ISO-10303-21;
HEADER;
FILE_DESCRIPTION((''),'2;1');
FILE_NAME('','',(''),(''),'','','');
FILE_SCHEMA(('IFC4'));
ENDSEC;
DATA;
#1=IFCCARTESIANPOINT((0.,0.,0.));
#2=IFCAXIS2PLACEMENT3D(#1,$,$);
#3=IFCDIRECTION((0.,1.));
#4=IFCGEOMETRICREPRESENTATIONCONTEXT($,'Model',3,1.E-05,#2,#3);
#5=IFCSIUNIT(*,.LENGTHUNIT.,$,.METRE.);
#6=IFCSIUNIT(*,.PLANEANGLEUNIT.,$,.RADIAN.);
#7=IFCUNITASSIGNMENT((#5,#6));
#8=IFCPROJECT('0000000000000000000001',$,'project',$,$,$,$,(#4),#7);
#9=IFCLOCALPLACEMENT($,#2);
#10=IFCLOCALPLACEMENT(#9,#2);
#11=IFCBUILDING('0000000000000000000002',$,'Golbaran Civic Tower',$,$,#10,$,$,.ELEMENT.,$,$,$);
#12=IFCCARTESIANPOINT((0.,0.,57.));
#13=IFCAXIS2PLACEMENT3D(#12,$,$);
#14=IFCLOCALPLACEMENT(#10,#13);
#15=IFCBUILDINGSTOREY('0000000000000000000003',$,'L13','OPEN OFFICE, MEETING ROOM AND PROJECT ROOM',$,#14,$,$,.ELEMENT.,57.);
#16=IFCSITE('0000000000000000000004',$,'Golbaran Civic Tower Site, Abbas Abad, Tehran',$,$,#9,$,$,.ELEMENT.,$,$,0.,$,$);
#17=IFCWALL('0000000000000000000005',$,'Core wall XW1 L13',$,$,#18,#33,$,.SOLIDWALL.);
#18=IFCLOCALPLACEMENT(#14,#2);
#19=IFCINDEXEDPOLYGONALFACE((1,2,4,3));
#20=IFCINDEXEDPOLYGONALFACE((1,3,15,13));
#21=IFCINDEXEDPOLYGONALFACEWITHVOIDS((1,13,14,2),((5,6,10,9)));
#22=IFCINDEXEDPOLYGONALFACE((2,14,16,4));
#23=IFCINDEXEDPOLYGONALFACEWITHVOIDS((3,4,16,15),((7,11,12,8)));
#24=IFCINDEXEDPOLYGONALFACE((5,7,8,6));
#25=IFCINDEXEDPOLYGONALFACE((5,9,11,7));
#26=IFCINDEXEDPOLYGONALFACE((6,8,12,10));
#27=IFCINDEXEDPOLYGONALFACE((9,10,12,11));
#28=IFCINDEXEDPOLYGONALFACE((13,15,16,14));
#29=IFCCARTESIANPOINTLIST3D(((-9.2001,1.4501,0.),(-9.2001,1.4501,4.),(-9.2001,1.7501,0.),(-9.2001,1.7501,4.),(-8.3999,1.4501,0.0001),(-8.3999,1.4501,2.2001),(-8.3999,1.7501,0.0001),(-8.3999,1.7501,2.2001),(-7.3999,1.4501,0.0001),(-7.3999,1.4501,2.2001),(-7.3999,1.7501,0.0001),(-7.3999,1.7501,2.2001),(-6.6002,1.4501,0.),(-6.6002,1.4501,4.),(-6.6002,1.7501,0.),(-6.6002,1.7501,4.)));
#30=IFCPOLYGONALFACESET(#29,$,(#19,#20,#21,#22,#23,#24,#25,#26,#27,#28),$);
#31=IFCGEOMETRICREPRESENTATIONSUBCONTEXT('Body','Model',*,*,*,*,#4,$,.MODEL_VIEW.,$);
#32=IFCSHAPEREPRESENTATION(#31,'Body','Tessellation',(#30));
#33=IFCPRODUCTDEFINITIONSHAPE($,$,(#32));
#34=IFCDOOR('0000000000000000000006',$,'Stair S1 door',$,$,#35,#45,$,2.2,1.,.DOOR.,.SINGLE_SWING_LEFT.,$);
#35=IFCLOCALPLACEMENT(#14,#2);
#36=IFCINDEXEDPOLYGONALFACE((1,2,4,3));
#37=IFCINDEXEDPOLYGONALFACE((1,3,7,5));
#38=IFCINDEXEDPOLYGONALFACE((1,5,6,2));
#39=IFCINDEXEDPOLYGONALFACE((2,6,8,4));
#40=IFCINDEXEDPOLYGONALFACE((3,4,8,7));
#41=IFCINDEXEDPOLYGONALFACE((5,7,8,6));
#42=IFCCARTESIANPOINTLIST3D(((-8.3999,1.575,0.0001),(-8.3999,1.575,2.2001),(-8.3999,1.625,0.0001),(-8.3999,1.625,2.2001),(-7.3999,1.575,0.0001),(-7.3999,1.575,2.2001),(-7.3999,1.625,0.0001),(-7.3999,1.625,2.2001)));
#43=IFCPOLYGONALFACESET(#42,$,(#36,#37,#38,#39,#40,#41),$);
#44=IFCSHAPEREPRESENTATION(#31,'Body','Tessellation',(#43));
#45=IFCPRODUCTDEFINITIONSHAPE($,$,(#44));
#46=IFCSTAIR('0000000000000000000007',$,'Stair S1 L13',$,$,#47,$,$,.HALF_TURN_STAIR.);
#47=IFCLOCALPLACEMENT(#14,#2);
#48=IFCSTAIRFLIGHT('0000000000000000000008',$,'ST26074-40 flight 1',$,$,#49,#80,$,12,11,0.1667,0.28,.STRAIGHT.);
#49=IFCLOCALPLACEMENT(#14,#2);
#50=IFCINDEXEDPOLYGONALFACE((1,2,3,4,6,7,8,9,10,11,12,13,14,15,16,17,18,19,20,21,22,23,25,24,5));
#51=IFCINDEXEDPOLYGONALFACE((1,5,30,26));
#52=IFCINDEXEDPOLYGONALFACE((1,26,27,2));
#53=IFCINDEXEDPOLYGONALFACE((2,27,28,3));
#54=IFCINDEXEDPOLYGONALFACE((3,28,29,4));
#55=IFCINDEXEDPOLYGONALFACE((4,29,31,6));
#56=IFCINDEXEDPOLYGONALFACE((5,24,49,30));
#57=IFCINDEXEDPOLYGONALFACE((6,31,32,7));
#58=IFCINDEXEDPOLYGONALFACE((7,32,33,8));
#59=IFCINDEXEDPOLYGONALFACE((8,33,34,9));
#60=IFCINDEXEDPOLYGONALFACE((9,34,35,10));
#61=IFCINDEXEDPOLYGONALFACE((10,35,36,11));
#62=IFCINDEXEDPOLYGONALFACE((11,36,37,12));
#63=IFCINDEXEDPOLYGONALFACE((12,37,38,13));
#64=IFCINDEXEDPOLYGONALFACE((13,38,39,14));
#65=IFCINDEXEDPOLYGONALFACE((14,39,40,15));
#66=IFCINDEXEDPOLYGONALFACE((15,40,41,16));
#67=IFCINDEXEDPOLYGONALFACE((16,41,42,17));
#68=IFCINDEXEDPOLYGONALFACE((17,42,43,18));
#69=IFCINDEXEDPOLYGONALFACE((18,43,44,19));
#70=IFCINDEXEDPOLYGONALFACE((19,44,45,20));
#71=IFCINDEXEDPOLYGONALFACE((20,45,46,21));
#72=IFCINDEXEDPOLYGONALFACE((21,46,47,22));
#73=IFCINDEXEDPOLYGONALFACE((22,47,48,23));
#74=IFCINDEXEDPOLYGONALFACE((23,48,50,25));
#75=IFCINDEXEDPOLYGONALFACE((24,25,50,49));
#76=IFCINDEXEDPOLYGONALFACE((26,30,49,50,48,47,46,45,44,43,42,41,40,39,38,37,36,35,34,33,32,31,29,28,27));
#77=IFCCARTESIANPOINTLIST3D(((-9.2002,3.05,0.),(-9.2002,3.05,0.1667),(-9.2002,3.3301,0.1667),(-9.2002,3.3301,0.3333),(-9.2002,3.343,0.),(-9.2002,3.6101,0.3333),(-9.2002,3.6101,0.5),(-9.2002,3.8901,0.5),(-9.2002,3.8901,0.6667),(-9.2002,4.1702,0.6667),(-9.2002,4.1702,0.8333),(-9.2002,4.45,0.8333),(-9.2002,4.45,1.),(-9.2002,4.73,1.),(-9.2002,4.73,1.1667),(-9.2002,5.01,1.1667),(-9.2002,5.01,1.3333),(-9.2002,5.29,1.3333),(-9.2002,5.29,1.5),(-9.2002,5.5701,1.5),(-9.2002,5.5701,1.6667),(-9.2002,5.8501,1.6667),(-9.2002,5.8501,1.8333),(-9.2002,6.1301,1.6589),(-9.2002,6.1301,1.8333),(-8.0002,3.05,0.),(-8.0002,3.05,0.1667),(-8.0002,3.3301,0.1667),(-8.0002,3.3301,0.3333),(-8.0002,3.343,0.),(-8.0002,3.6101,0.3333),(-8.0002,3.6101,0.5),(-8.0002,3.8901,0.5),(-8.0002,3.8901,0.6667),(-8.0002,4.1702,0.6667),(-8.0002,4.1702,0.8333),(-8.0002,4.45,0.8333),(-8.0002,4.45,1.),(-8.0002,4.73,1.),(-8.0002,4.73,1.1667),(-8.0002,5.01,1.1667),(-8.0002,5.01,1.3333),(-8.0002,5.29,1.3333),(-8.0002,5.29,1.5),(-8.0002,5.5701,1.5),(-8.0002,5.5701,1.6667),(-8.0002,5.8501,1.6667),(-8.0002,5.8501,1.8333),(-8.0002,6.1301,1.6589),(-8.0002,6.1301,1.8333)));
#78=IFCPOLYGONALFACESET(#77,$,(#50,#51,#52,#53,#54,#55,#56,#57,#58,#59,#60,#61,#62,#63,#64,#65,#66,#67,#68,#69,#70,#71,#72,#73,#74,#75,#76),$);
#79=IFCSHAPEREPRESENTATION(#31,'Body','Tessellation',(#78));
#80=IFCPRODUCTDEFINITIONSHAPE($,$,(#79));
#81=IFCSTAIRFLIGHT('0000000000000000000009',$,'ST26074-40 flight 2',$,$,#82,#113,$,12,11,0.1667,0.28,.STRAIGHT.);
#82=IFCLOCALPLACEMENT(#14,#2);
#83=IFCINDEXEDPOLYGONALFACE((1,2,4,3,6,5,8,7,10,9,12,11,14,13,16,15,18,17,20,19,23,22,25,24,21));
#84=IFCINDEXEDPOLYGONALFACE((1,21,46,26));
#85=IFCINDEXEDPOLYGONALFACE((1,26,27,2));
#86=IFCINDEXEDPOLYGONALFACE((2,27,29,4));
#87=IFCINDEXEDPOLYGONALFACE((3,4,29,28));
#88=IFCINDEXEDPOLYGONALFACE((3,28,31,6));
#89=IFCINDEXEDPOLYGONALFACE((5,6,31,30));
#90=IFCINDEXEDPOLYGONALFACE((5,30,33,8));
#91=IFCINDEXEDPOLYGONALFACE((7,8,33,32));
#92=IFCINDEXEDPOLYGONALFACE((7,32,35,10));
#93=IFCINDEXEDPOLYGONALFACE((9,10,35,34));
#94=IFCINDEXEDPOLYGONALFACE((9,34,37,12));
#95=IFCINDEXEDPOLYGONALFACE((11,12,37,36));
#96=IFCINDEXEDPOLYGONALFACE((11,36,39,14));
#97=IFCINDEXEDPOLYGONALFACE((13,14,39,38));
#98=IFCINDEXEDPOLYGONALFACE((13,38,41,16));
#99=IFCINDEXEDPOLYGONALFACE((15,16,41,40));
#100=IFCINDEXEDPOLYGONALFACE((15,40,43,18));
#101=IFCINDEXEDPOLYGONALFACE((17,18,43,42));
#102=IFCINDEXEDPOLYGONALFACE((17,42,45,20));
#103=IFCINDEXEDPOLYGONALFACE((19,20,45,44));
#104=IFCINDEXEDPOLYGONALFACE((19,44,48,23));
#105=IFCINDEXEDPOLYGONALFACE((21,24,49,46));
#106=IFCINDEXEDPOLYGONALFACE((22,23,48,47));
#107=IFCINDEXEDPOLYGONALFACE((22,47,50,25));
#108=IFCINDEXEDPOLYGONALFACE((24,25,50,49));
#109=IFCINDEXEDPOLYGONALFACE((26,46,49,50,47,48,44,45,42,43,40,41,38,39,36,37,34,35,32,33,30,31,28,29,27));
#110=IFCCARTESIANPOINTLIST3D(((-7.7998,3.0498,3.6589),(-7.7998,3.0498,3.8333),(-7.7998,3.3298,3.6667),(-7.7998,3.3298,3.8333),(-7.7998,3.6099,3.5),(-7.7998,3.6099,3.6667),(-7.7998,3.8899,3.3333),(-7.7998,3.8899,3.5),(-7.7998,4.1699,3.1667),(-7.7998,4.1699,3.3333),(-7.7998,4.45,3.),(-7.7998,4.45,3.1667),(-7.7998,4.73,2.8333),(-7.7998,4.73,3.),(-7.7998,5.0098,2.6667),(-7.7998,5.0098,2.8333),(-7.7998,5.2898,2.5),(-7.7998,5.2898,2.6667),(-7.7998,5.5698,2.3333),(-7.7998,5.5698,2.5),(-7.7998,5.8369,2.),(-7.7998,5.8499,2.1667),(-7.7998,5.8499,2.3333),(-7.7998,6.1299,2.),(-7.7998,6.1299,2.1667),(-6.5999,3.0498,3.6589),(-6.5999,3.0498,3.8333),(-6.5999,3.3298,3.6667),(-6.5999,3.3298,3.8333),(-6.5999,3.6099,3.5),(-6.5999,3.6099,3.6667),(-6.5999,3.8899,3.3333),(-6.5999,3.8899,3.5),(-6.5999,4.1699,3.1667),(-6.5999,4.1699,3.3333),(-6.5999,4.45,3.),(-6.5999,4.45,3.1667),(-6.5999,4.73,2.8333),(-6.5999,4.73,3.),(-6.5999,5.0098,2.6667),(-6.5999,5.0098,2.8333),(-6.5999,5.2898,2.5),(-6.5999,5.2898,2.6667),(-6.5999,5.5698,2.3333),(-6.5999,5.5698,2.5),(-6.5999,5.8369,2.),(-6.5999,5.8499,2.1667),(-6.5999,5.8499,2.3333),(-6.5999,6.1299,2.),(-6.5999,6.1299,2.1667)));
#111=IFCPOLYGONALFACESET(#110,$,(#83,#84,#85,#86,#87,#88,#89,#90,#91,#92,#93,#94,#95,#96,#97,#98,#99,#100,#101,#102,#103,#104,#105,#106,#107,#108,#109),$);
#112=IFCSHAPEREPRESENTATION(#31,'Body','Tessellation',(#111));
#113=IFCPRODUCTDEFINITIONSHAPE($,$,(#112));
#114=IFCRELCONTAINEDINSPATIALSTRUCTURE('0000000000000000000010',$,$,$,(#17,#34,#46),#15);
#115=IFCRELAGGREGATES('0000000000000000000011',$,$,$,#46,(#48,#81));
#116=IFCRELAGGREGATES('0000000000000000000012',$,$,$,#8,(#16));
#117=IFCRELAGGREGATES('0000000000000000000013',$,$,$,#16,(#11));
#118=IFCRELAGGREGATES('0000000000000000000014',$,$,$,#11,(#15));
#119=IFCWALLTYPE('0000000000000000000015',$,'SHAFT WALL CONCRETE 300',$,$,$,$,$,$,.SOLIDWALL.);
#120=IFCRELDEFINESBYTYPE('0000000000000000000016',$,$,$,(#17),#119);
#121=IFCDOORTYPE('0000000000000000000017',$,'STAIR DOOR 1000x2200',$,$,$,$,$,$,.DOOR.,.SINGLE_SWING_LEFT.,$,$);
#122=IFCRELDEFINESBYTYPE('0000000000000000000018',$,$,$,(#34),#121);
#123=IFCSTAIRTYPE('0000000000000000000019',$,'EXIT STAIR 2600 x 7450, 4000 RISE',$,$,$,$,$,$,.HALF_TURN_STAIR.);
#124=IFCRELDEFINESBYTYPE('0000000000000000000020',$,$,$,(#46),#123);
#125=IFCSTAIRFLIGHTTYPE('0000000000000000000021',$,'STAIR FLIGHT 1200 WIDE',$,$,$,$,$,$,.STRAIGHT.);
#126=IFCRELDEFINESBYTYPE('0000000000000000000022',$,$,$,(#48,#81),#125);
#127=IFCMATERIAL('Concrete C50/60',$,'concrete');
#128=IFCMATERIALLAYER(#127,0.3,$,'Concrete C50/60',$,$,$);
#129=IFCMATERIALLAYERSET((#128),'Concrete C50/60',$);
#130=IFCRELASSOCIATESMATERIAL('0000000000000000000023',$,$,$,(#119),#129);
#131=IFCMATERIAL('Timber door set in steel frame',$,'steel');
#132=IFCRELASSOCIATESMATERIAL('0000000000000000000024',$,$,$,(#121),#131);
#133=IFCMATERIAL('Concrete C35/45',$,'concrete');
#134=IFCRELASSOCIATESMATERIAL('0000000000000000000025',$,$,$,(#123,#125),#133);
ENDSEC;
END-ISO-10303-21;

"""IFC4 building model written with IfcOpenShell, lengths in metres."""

from ifc_helpers import new_model, si_unit, direction, frame, frame_2d, origin, place, context, subcontext, project, spatial, polyline, rectangle, outline, extrude, material, layer, layer_set, type_object, element, fill, aggregate, save


model = new_model("IFC4")

# Units and contexts
model_context = context("Model", 3, precision=1e-05, world=origin(), true_north=direction((0.0, 1.0)))
body_context = subcontext(model_context, "Body", "Model", "MODEL_VIEW")
ifc_project = project(units=[si_unit("LENGTHUNIT", "METRE"), si_unit("PLANEANGLEUNIT", "RADIAN")], contexts=[model_context])

# Site, building, storey
site_placement = place(None, origin())
site = spatial("IfcSite", under=ifc_project, at=site_placement, Name="Golbaran Civic Tower Site, Abbas Abad, Tehran", CompositionType="ELEMENT", RefElevation=0.0)
building_placement = place(site_placement, origin())
building = spatial("IfcBuilding", under=site, at=building_placement, Name="Golbaran Civic Tower", CompositionType="ELEMENT")
storey_placement = place(building_placement, frame((0.0, 0.0, 57.0)))
storey = spatial("IfcBuildingStorey", under=building, at=storey_placement, Name="L13", Description="OPEN OFFICE, MEETING ROOM AND PROJECT ROOM", CompositionType="ELEMENT", Elevation=57.0)

# Shared definitions
ifc_material_1 = material(Name="Concrete C50/60", Category="concrete")

# Shared definitions
ifc_material_2 = material(Name="Timber door set in steel frame", Category="steel")

# Shared definitions
ifc_layer_1 = layer(ifc_material_1, 0.3, Name="Concrete C50/60")
ifc_layer_set_1 = layer_set([ifc_layer_1], Name="Concrete C50/60")
wall_type_1 = type_object("IfcWallType", Name="SHAFT WALL CONCRETE 300", PredefinedType="SOLIDWALL", material=ifc_layer_set_1)

# Wall, opening, door
wall_1_placement = place(storey_placement, frame((-9.2, 1.6001, 0.0), z_axis=(0.0, 0.0, 1.0), x_axis=(1.0, 0.0, 0.0)))
wall_1 = element("IfcWall", 1, at=wall_1_placement, inside=storey, type_object=wall_type_1, Name="Core wall XW1 L13", PredefinedType="SOLIDWALL", context=body_context, shape_type="SweptSolid", body=[
    extrude(rectangle(XDim=2.5999, YDim=0.3, at=frame_2d((1.2998, 0.0))), origin(), (0.0, 0.0, 1.0), 4.0),
])
opening_1_placement = place(wall_1_placement, frame((0.8, 0.0, 0.0)))
opening_1 = element("IfcOpeningElement", 2, at=opening_1_placement, cuts=wall_1, PredefinedType="OPENING", context=body_context, shape_type="SweptSolid", body=[
    extrude(rectangle(XDim=1.0, YDim=2.2, at=frame_2d((0.5, 1.1001))), frame((0.0, 0.1599, 0.0), z_axis=(0.0, -1.0, 0.0), x_axis=(1.0, 0.0, 0.0)), (0.0, 0.0, 1.0), 0.3201),
])
door_type_1 = type_object("IfcDoorType", Name="STAIR DOOR 1000x2200", OperationType="SINGLE_SWING_LEFT", PredefinedType="DOOR", material=ifc_material_2)
door_1_placement = place(opening_1_placement, origin())
door_1 = element("IfcDoor", 3, at=door_1_placement, inside=storey, type_object=door_type_1, Name="Stair S1 door", OperationType="SINGLE_SWING_LEFT", OverallHeight=2.2, OverallWidth=1.0, PredefinedType="DOOR", context=body_context, shape_type="SweptSolid", body=[
    extrude(rectangle(XDim=1.0, YDim=2.2, at=frame_2d((0.5, 1.1001))), frame((0.0, 0.0249, 0.0), z_axis=(0.0, -1.0, 0.0), x_axis=(1.0, 0.0, 0.0)), (0.0, 0.0, 1.0), 0.05),
])
fill(opening_1, door_1)

# Stair, stair flights
ifc_material_3 = material(Name="Concrete C35/45", Category="concrete")
stair_type = type_object("IfcStairType", Name="EXIT STAIR 2600 x 7450, 4000 RISE", PredefinedType="HALF_TURN_STAIR", material=ifc_material_3)
stair_placement = place(storey_placement, origin())
stair = element("IfcStair", 4, at=stair_placement, inside=storey, type_object=stair_type, Name="Stair S1 L13", PredefinedType="HALF_TURN_STAIR")
stair_flight_type = type_object("IfcStairFlightType", Name="STAIR FLIGHT 1200 WIDE", PredefinedType="STRAIGHT", material=ifc_material_3)
stair_flight_1_placement = place(storey_placement, frame((-8.6001, 3.05, 0.0), z_axis=(0.0, 0.0, 1.0), x_axis=(0.0, 1.0, 0.0)))
stair_flight_1 = element("IfcStairFlight", 5, at=stair_flight_1_placement, type_object=stair_flight_type, Name="ST26074-40 flight 1", NumberOfRisers=12, NumberOfTreads=11, PredefinedType="STRAIGHT", RiserHeight=0.1667, TreadLength=0.28, context=body_context, shape_type="SweptSolid", body=[
    extrude(outline(polyline([(0.0, 0.0), (0.0, 0.1667), (0.28, 0.1667), (0.28, 0.3333), (0.5601, 0.3333), (0.5601, 0.5), (0.8401, 0.5), (0.8401, 0.6667), (1.1201, 0.6667), (1.1201, 0.8333), (1.3999, 0.8333), (1.3999, 1.0), (1.6799, 1.0), (1.6799, 1.1667), (1.96, 1.1667), (1.96, 1.3333), (2.24, 1.3333), (2.24, 1.5), (2.52, 1.5), (2.52, 1.6667), (2.8, 1.6667), (2.8, 1.8333), (3.0801, 1.8333), (3.0801, 2.0), (3.0801, 1.6589), (0.293, 0.0), (0.0, 0.0)])), frame((0.0, 0.6001, 0.0), z_axis=(0.0, -1.0, 0.0), x_axis=(1.0, 0.0, 0.0)), (0.0, 0.0, 1.0), 1.2),
])
stair_flight_2_placement = place(storey_placement, frame((-7.2, 6.1299, 2.0), z_axis=(0.0, 0.0, 1.0), x_axis=(0.0, -1.0, 0.0)))
stair_flight_2 = element("IfcStairFlight", 6, at=stair_flight_2_placement, type_object=stair_flight_type, Name="ST26074-40 flight 2", NumberOfRisers=12, NumberOfTreads=11, PredefinedType="STRAIGHT", RiserHeight=0.1667, TreadLength=0.28, context=body_context, shape_type="SweptSolid", body=[
    extrude(outline(polyline([(0.0, 0.0), (0.0, 0.1667), (0.28, 0.1667), (0.28, 0.3333), (0.5601, 0.3333), (0.5601, 0.5), (0.8401, 0.5), (0.8401, 0.6667), (1.1201, 0.6667), (1.1201, 0.8333), (1.3999, 0.8333), (1.3999, 1.0), (1.6799, 1.0), (1.6799, 1.1667), (1.96, 1.1667), (1.96, 1.3333), (2.24, 1.3333), (2.24, 1.5), (2.52, 1.5), (2.52, 1.6667), (2.8, 1.6667), (2.8, 1.8333), (3.0801, 1.8333), (3.0801, 2.0), (3.0801, 1.6589), (0.293, 0.0), (0.0, 0.0)])), frame((0.0, 0.6001, 0.0), z_axis=(0.0, -1.0, 0.0), x_axis=(1.0, 0.0, 0.0)), (0.0, 0.0, 1.0), 1.2),
])
aggregate(stair, [stair_flight_1, stair_flight_2])

save(model, "model.ifc")
